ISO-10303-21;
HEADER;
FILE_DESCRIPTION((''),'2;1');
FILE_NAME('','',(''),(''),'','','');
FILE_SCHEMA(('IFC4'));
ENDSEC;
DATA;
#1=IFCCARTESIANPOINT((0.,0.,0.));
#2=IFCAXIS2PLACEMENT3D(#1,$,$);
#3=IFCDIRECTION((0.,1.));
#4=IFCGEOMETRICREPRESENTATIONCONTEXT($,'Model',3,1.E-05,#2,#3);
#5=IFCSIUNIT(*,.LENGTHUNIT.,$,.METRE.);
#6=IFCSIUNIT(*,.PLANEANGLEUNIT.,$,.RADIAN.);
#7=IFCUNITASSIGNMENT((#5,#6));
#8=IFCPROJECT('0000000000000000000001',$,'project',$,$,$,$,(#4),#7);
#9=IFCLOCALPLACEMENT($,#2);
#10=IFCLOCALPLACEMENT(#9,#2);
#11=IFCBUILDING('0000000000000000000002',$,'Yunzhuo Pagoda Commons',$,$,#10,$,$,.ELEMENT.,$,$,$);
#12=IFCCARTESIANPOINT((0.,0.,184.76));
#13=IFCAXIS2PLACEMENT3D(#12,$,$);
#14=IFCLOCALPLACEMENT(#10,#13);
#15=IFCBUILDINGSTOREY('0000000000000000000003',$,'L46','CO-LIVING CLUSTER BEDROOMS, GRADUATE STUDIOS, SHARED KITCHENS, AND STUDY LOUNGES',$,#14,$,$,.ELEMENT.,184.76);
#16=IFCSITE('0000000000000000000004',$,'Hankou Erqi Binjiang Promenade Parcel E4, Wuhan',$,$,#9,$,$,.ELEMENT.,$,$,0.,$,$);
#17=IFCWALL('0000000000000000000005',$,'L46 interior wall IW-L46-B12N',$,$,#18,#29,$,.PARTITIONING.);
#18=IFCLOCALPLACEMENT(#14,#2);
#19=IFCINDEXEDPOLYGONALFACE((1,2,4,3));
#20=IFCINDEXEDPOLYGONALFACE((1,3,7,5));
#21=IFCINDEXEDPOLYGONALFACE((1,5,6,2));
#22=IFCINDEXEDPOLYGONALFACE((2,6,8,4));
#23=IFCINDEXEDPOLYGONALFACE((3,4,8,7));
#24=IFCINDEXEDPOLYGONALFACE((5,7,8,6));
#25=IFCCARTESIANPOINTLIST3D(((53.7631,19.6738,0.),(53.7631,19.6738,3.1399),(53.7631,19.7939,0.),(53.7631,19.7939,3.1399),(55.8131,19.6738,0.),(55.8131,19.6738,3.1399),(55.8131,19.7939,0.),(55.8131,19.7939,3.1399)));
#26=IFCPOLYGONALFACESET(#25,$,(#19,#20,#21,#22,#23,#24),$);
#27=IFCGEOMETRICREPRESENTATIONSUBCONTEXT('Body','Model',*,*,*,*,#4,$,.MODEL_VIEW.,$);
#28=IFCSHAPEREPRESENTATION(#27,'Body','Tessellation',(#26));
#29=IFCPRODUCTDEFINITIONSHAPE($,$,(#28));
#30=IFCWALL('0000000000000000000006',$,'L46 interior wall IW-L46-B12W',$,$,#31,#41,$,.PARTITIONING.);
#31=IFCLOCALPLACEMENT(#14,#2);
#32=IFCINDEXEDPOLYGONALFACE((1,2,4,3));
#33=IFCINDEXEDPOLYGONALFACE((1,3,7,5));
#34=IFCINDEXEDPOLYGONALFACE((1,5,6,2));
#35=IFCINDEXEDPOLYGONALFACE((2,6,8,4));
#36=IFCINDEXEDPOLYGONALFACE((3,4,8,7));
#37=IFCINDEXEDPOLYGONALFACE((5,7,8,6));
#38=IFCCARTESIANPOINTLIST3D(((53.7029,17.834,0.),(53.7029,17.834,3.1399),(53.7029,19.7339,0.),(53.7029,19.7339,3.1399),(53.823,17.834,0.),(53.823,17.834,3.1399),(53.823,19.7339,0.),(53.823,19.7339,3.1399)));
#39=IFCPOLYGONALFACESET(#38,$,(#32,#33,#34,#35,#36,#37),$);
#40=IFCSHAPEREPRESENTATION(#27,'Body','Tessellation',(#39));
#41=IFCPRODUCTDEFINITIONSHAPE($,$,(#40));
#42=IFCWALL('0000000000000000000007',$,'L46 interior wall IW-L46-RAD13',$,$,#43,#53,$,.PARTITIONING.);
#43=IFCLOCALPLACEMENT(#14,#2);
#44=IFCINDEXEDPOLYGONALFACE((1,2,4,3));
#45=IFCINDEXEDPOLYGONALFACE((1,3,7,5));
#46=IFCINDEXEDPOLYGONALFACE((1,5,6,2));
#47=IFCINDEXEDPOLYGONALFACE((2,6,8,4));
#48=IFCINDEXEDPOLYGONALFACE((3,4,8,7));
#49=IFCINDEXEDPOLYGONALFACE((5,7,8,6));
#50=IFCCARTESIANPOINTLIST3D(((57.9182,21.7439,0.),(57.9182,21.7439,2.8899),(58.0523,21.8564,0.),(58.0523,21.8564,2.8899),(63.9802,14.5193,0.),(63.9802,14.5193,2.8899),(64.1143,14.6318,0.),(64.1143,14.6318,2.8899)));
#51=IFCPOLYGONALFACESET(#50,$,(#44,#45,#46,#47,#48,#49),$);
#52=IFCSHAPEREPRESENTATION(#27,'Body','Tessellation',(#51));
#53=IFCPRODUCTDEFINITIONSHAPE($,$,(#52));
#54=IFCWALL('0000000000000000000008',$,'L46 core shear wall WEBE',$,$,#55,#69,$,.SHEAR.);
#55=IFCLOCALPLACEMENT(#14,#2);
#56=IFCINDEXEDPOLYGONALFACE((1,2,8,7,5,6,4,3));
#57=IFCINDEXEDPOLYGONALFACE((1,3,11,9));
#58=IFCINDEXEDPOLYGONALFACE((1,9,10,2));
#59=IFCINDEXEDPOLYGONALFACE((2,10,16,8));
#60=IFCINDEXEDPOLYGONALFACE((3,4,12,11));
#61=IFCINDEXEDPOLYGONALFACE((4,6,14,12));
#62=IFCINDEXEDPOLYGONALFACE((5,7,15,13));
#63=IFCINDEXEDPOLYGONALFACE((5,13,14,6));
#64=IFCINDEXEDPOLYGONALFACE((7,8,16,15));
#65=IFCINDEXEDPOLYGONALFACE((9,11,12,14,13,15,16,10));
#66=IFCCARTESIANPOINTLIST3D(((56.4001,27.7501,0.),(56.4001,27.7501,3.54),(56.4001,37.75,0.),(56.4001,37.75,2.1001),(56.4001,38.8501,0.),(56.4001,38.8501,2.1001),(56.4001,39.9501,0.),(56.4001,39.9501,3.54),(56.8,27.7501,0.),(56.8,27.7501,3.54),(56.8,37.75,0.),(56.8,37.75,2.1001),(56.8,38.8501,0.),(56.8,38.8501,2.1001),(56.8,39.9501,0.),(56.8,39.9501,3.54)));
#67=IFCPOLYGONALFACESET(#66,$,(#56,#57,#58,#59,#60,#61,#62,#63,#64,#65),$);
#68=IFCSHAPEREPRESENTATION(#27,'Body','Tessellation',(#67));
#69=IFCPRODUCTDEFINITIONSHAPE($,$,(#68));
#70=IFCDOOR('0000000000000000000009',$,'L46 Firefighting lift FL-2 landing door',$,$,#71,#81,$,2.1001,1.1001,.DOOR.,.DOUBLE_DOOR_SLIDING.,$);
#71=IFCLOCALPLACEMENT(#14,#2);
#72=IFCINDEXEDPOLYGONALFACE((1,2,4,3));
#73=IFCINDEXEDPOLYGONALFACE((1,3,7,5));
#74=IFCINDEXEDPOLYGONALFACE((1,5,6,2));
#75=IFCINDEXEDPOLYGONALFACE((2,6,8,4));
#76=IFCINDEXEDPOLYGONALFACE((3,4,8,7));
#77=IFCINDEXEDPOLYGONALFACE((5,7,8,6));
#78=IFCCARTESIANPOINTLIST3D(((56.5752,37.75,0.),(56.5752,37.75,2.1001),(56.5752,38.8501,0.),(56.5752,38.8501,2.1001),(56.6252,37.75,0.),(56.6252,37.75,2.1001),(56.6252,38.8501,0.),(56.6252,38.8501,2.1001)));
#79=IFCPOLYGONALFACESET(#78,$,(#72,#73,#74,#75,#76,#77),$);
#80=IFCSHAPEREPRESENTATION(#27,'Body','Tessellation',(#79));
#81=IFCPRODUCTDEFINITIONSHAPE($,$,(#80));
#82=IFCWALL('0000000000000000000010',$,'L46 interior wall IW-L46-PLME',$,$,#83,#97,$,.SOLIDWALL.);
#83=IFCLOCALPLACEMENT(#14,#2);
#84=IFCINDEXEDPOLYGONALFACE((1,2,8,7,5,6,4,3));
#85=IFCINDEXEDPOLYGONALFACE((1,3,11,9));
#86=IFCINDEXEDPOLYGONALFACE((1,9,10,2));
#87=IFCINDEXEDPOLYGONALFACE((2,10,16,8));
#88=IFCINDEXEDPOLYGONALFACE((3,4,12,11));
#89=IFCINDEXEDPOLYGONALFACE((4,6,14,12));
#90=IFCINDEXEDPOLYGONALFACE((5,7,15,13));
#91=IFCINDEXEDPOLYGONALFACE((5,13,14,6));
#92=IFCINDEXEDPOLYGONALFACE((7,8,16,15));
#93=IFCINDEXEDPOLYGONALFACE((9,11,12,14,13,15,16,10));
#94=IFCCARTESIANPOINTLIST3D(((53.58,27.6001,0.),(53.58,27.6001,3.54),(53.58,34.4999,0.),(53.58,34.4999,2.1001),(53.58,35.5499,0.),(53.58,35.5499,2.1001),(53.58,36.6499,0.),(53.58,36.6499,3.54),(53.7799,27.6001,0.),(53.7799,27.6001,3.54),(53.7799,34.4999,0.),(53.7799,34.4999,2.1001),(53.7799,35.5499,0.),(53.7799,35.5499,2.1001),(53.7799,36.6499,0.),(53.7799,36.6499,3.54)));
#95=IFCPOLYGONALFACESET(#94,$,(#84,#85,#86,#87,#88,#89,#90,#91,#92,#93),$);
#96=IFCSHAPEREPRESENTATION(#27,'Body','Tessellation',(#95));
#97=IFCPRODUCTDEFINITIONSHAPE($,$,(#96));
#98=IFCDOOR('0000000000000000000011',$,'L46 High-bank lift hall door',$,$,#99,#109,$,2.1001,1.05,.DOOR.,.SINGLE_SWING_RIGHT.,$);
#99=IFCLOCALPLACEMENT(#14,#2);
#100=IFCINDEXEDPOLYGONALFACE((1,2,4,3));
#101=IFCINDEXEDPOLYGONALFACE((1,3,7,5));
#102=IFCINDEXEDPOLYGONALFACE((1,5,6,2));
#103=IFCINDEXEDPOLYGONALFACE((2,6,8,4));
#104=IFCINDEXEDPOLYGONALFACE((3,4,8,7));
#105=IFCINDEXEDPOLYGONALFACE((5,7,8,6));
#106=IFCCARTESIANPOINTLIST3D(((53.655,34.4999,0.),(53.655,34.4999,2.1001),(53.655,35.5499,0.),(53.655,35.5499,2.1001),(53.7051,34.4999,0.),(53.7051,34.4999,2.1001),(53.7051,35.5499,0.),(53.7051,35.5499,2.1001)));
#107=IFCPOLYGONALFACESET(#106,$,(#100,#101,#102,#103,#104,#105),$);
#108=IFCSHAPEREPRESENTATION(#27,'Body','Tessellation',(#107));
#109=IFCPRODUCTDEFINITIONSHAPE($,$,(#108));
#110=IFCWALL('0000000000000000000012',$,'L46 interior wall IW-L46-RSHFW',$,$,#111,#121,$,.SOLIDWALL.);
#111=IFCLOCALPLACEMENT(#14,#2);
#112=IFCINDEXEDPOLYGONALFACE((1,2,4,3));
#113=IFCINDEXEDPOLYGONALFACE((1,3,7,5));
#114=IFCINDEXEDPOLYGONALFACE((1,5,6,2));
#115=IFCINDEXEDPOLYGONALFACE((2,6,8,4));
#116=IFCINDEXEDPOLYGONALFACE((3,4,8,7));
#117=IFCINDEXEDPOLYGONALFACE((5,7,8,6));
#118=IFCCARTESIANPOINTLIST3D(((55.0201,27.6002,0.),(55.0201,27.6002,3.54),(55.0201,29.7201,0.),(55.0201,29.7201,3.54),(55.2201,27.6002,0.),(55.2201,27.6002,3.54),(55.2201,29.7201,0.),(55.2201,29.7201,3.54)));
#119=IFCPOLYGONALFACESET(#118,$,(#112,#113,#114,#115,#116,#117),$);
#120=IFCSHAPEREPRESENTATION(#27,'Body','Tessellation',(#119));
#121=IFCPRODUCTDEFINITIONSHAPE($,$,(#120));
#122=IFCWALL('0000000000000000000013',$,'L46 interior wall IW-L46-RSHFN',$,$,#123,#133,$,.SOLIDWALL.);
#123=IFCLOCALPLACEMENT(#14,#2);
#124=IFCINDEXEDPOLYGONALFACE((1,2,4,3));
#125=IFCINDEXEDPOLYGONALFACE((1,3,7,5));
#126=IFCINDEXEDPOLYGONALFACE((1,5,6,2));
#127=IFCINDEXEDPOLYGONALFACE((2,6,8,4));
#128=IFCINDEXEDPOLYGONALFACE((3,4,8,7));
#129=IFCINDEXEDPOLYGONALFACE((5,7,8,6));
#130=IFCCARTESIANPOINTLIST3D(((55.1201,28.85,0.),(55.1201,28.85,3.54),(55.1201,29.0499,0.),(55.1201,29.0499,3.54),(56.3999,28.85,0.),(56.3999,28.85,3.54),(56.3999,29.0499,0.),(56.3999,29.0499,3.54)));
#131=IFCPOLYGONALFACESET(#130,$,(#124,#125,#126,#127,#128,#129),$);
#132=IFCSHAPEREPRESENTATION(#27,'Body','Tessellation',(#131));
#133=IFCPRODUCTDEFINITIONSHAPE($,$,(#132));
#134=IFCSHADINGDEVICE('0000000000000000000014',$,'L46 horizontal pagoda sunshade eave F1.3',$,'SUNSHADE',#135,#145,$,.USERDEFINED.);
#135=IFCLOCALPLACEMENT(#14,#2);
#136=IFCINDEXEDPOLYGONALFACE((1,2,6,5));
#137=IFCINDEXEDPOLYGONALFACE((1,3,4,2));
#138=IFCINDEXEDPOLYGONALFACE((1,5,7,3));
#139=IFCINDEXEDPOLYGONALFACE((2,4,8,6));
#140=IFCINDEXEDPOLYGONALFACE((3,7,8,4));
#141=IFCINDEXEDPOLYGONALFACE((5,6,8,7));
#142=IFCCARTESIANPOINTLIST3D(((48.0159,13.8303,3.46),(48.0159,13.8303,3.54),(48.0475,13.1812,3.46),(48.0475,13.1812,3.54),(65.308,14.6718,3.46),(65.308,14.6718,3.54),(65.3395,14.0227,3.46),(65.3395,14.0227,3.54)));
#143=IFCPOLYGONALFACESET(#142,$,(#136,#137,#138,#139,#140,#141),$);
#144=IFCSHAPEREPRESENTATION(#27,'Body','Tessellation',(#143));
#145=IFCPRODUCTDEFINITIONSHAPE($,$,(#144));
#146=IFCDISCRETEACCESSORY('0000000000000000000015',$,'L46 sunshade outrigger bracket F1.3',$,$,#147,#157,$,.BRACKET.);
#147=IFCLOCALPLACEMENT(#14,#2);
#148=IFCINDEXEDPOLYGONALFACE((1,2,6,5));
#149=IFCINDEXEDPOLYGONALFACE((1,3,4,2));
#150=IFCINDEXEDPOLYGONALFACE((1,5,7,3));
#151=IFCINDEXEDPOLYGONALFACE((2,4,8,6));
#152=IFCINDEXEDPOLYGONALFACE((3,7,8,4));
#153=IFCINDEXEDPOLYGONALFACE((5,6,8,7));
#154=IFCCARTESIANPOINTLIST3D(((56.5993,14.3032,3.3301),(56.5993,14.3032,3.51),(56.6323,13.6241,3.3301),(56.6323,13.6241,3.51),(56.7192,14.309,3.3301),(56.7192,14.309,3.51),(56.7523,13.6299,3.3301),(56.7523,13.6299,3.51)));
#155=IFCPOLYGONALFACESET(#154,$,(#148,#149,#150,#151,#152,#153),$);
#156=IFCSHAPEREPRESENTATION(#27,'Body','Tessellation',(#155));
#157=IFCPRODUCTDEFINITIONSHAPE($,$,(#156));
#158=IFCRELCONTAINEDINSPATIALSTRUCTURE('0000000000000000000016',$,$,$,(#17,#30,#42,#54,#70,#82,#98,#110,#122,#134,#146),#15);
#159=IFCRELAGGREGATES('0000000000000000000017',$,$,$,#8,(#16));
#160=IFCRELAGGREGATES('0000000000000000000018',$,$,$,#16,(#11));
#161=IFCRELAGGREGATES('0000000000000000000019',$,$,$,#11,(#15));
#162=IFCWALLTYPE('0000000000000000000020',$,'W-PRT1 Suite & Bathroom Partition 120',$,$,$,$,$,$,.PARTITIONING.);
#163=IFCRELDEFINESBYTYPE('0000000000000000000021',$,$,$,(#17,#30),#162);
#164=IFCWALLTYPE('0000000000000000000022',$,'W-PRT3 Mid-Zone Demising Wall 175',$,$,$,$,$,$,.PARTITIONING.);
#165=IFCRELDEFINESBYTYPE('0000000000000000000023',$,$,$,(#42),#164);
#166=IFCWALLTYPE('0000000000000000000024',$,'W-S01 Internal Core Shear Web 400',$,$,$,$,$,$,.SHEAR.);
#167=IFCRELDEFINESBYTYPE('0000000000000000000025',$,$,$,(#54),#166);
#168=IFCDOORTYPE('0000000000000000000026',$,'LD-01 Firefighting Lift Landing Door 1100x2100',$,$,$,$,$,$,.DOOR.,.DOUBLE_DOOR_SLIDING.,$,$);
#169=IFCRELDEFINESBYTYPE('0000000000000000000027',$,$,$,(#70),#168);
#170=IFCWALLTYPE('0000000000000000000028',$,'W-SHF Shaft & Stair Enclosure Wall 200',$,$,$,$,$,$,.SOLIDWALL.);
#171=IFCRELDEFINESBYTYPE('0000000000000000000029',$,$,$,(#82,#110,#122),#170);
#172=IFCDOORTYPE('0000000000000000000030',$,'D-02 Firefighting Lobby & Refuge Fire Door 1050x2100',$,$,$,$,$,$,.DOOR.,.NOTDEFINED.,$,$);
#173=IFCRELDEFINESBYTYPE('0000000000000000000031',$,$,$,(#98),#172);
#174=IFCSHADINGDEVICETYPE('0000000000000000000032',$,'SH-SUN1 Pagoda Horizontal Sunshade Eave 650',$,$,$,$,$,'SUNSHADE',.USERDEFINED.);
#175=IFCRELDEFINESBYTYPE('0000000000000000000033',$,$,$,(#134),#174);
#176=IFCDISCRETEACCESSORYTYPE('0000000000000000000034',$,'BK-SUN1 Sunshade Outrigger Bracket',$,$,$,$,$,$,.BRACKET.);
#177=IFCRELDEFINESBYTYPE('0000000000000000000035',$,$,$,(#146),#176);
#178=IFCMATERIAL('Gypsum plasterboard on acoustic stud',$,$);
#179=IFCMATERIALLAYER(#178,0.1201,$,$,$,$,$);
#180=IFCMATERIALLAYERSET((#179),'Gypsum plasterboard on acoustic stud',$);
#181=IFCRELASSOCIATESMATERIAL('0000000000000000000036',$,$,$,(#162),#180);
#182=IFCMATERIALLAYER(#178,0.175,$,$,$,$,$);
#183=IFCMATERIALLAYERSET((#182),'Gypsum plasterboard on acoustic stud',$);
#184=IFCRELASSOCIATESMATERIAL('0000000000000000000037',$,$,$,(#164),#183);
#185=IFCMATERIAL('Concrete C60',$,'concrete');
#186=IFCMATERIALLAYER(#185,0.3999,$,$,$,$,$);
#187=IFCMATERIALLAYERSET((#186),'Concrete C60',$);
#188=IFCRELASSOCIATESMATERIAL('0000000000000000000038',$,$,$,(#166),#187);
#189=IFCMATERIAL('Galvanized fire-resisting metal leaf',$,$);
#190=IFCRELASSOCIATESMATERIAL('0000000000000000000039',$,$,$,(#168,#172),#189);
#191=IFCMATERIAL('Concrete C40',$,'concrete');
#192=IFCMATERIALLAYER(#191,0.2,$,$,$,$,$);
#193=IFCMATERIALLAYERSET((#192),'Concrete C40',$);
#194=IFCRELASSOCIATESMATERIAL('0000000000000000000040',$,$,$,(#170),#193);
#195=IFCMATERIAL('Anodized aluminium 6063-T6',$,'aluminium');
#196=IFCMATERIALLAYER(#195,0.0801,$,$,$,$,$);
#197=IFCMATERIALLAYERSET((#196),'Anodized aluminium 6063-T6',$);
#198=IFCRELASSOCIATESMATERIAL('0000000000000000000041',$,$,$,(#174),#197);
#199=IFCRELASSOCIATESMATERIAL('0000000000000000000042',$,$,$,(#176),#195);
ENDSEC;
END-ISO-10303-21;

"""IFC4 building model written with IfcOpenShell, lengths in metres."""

from ifc_helpers import new_model, si_unit, direction, frame, frame_2d, origin, origin_with_axes, origin_2d, place, context, subcontext, project, spatial, rectangle, extrude, source, transform, mapped, material, layer, layer_set, type_object, element, fill, save


model = new_model("IFC4")

# Units and contexts
model_context = context("Model", 3, precision=1e-05, world=origin(), true_north=direction((0.0, 1.0)))
body_context = subcontext(model_context, "Body", "Model", "MODEL_VIEW")
ifc_project = project(units=[si_unit("LENGTHUNIT", "METRE"), si_unit("PLANEANGLEUNIT", "RADIAN")], contexts=[model_context])

# Site, building, storey
site_placement = place(None, origin())
site = spatial("IfcSite", under=ifc_project, at=site_placement, Name="Hankou Erqi Binjiang Promenade Parcel E4, Wuhan", CompositionType="ELEMENT", RefElevation=0.0)
building_placement = place(site_placement, origin())
building = spatial("IfcBuilding", under=site, at=building_placement, Name="Yunzhuo Pagoda Commons", CompositionType="ELEMENT")
storey_placement = place(building_placement, frame((0.0, 0.0, 184.76)))
storey = spatial("IfcBuildingStorey", under=building, at=storey_placement, Name="L46", Description="CO-LIVING CLUSTER BEDROOMS, GRADUATE STUDIOS, SHARED KITCHENS, AND STUDY LOUNGES", CompositionType="ELEMENT", Elevation=184.76)

# Shared definitions
ifc_material_1 = material(Name="Anodized aluminium 6063-T6", Category="aluminium")

# Shared definitions
ifc_material_2 = material(Name="Gypsum plasterboard on acoustic stud")
ifc_material_3 = material(Name="Galvanized fire-resisting metal leaf")

# Shared definitions
ifc_layer_1 = layer(ifc_material_2, 0.1201)
ifc_layer_set_1 = layer_set([ifc_layer_1], Name="Gypsum plasterboard on acoustic stud")
wall_type_1 = type_object("IfcWallType", Name="W-PRT1 Suite & Bathroom Partition 120", PredefinedType="PARTITIONING", material=ifc_layer_set_1)

# Walls
wall_1_placement = place(storey_placement, frame((55.813, 19.7339, 0.0), z_axis=(0.0, 0.0, 1.0), x_axis=(-1.0, 0.0, 0.0)))
element("IfcWall", 1, at=wall_1_placement, inside=storey, type_object=wall_type_1, Name="L46 interior wall IW-L46-B12N", PredefinedType="PARTITIONING", context=body_context, shape_type="SweptSolid", body=[
    extrude(rectangle(XDim=2.05, YDim=0.1201, at=frame_2d((1.0249, 0.0))), origin(), (0.0, 0.0, 1.0), 3.1399),
])
wall_2_placement = place(storey_placement, frame((53.7629, 19.7339, 0.0), z_axis=(0.0, 0.0, 1.0), x_axis=(0.0, -1.0, 0.0)))
element("IfcWall", 2, at=wall_2_placement, inside=storey, type_object=wall_type_1, Name="L46 interior wall IW-L46-B12W", PredefinedType="PARTITIONING", context=body_context, shape_type="SweptSolid", body=[
    extrude(rectangle(XDim=1.8999, YDim=0.1201, at=frame_2d((0.95, 0.0))), origin(), (0.0, 0.0, 1.0), 3.1399),
])
ifc_layer_2 = layer(ifc_material_2, 0.175)
ifc_layer_set_2 = layer_set([ifc_layer_2], Name="Gypsum plasterboard on acoustic stud")
wall_type_2 = type_object("IfcWallType", Name="W-PRT3 Mid-Zone Demising Wall 175", PredefinedType="PARTITIONING", material=ifc_layer_set_2)
wall_3_placement = place(storey_placement, frame((57.9854, 21.8, 0.0), z_axis=(0.0, 0.0, 1.0), x_axis=(0.642778, -0.766053, 0.0)))
element("IfcWall", 3, at=wall_3_placement, inside=storey, type_object=wall_type_2, Name="L46 interior wall IW-L46-RAD13", PredefinedType="PARTITIONING", context=body_context, shape_type="SweptSolid", body=[
    extrude(rectangle(XDim=9.4309, YDim=0.175, at=frame_2d((4.7153, 0.0))), origin(), (0.0, 0.0, 1.0), 2.8899),
])

# Walls, openings, doors
ifc_material_4 = material(Name="Concrete C60", Category="concrete")
ifc_layer_3 = layer(ifc_material_4, 0.3999)
ifc_layer_set_3 = layer_set([ifc_layer_3], Name="Concrete C60")
wall_type_3 = type_object("IfcWallType", Name="W-S01 Internal Core Shear Web 400", PredefinedType="SHEAR", material=ifc_layer_set_3)
wall_4_placement = place(storey_placement, frame((56.6001, 27.75, 0.0), z_axis=(0.0, 0.0, 1.0), x_axis=(0.0, 1.0, 0.0)))
wall_4 = element("IfcWall", 4, at=wall_4_placement, inside=storey, type_object=wall_type_3, Name="L46 core shear wall WEBE", PredefinedType="SHEAR", context=body_context, shape_type="SweptSolid", body=[
    extrude(rectangle(XDim=12.2, YDim=0.3999, at=frame_2d((6.1001, 0.0))), origin(), (0.0, 0.0, 1.0), 3.54),
])
opening_1_placement = place(wall_4_placement, frame((10.0, 0.0, 0.0)))
opening_1 = element("IfcOpeningElement", 5, at=opening_1_placement, cuts=wall_4, PredefinedType="OPENING", context=body_context, shape_type="SweptSolid", body=[
    extrude(rectangle(XDim=1.1001, YDim=2.1001, at=frame_2d((0.55, 1.05))), frame((0.0, 0.21, 0.0), z_axis=(0.0, -1.0, 0.0), x_axis=(1.0, 0.0, 0.0)), (0.0, 0.0, 1.0), 0.4199),
])
door_type_1 = type_object("IfcDoorType", Name="LD-01 Firefighting Lift Landing Door 1100x2100", OperationType="DOUBLE_DOOR_SLIDING", PredefinedType="DOOR", material=ifc_material_3)
shared_shape_1 = source(origin(), body_context, "Body", "SweptSolid", [
    extrude(rectangle(XDim=1.1001, YDim=2.1001, at=frame_2d((0.55, 1.05))), frame((0.0, 0.0249, 0.0), z_axis=(0.0, -1.0, 0.0), x_axis=(1.0, 0.0, 0.0)), (0.0, 0.0, 1.0), 0.05),
])
door_1_placement = place(opening_1_placement, origin_with_axes())
door_1 = element("IfcDoor", 6, at=door_1_placement, inside=storey, type_object=door_type_1, Name="L46 Firefighting lift FL-2 landing door", OperationType="DOUBLE_DOOR_SLIDING", OverallHeight=2.1001, OverallWidth=1.1001, PredefinedType="DOOR", context=body_context, shape_type="MappedRepresentation", body=[
    mapped(shared_shape_1, transform((0.0, 0.0, 0.0), scale=1.0)),
])
fill(opening_1, door_1)
ifc_material_5 = material(Name="Concrete C40", Category="concrete")
ifc_layer_4 = layer(ifc_material_5, 0.2)
ifc_layer_set_4 = layer_set([ifc_layer_4], Name="Concrete C40")
wall_type_4 = type_object("IfcWallType", Name="W-SHF Shaft & Stair Enclosure Wall 200", PredefinedType="SOLIDWALL", material=ifc_layer_set_4)
wall_5_placement = place(storey_placement, frame((53.6799, 27.6001, 0.0), z_axis=(0.0, 0.0, 1.0), x_axis=(0.0, 1.0, 0.0)))
wall_5 = element("IfcWall", 7, at=wall_5_placement, inside=storey, type_object=wall_type_4, Name="L46 interior wall IW-L46-PLME", PredefinedType="SOLIDWALL", context=body_context, shape_type="SweptSolid", body=[
    extrude(rectangle(XDim=9.0498, YDim=0.2, at=frame_2d((4.5249, 0.0))), origin(), (0.0, 0.0, 1.0), 3.54),
])
opening_2_placement = place(wall_5_placement, frame((6.8999, 0.0, 0.0)))
opening_2 = element("IfcOpeningElement", 8, at=opening_2_placement, cuts=wall_5, PredefinedType="OPENING", context=body_context, shape_type="SweptSolid", body=[
    extrude(rectangle(XDim=1.05, YDim=2.1001, at=frame_2d((0.5249, 1.05))), frame((0.0, 0.1099, 0.0), z_axis=(0.0, -1.0, 0.0), x_axis=(1.0, 0.0, 0.0)), (0.0, 0.0, 1.0), 0.22),
])
door_type_2 = type_object("IfcDoorType", Name="D-02 Firefighting Lobby & Refuge Fire Door 1050x2100", OperationType="NOTDEFINED", PredefinedType="DOOR", material=ifc_material_3)
shared_shape_2 = source(origin(), body_context, "Body", "SweptSolid", [
    extrude(rectangle(XDim=1.05, YDim=2.1001, at=frame_2d((0.5249, 1.05))), frame((0.0, 0.0249, 0.0), z_axis=(0.0, -1.0, 0.0), x_axis=(1.0, 0.0, 0.0)), (0.0, 0.0, 1.0), 0.05),
])
door_2_placement = place(opening_2_placement, origin_with_axes())
door_2 = element("IfcDoor", 9, at=door_2_placement, inside=storey, type_object=door_type_2, Name="L46 High-bank lift hall door", OperationType="SINGLE_SWING_RIGHT", OverallHeight=2.1001, OverallWidth=1.05, PredefinedType="DOOR", context=body_context, shape_type="MappedRepresentation", body=[
    mapped(shared_shape_2, transform((0.0, 0.0, 0.0), scale=1.0)),
])
fill(opening_2, door_2)

# Walls
wall_6_placement = place(storey_placement, frame((55.1201, 27.6001, 0.0), z_axis=(0.0, 0.0, 1.0), x_axis=(0.0, 1.0, 0.0)))
element("IfcWall", 10, at=wall_6_placement, inside=storey, type_object=wall_type_4, Name="L46 interior wall IW-L46-RSHFW", PredefinedType="SOLIDWALL", context=body_context, shape_type="SweptSolid", body=[
    extrude(rectangle(XDim=2.1199, YDim=0.2, at=frame_2d((1.0601, 0.0))), origin(), (0.0, 0.0, 1.0), 3.54),
])
wall_7_placement = place(storey_placement, frame((55.1201, 28.95, 0.0), z_axis=(0.0, 0.0, 1.0), x_axis=(1.0, 0.0, 0.0)))
element("IfcWall", 11, at=wall_7_placement, inside=storey, type_object=wall_type_4, Name="L46 interior wall IW-L46-RSHFN", PredefinedType="SOLIDWALL", context=body_context, shape_type="SweptSolid", body=[
    extrude(rectangle(XDim=1.2798, YDim=0.2, at=frame_2d((0.6399, 0.0))), origin(), (0.0, 0.0, 1.0), 3.54),
])

# Shading device
ifc_layer_5 = layer(ifc_material_1, 0.0801)
ifc_layer_set_5 = layer_set([ifc_layer_5], Name="Anodized aluminium 6063-T6")
shading_device_type = type_object("IfcShadingDeviceType", Name="SH-SUN1 Pagoda Horizontal Sunshade Eave 650", ElementType="SUNSHADE", PredefinedType="USERDEFINED", material=ifc_layer_set_5)
shared_shape_3 = source(origin(), body_context, "Body", "SweptSolid", [
    extrude(rectangle(XDim=17.3125, YDim=0.6499, at=origin_2d()), origin(), (0.0, 0.0, 1.0), 0.0801),
])
shading_device_placement = place(storey_placement, frame((56.6777, 13.9265, 3.46), z_axis=(0.0, 0.0, 1.0), x_axis=(0.998818, 0.048606, 0.0)))
element("IfcShadingDevice", 12, at=shading_device_placement, inside=storey, type_object=shading_device_type, Name="L46 horizontal pagoda sunshade eave F1.3", ObjectType="SUNSHADE", PredefinedType="USERDEFINED", context=body_context, shape_type="MappedRepresentation", body=[
    mapped(shared_shape_3, transform((0.0, 0.0, 0.0), scale=1.0)),
])

# Discrete accessory
discrete_accessory_type = type_object("IfcDiscreteAccessoryType", Name="BK-SUN1 Sunshade Outrigger Bracket", PredefinedType="BRACKET", material=ifc_material_1)
shared_shape_4 = source(origin(), body_context, "Body", "SweptSolid", [
    extrude(rectangle(XDim=0.1201, YDim=0.6799, at=origin_2d()), origin(), (0.0, 0.0, 1.0), 0.1799),
])
discrete_accessory_placement = place(storey_placement, frame((56.6758, 13.9666, 3.3301), z_axis=(0.0, 0.0, 1.0), x_axis=(0.998818, 0.048606, 0.0)))
element("IfcDiscreteAccessory", 13, at=discrete_accessory_placement, inside=storey, type_object=discrete_accessory_type, Name="L46 sunshade outrigger bracket F1.3", PredefinedType="BRACKET", context=body_context, shape_type="MappedRepresentation", body=[
    mapped(shared_shape_4, transform((0.0, 0.0, 0.0), scale=1.0)),
])

save(model, "model.ifc")
